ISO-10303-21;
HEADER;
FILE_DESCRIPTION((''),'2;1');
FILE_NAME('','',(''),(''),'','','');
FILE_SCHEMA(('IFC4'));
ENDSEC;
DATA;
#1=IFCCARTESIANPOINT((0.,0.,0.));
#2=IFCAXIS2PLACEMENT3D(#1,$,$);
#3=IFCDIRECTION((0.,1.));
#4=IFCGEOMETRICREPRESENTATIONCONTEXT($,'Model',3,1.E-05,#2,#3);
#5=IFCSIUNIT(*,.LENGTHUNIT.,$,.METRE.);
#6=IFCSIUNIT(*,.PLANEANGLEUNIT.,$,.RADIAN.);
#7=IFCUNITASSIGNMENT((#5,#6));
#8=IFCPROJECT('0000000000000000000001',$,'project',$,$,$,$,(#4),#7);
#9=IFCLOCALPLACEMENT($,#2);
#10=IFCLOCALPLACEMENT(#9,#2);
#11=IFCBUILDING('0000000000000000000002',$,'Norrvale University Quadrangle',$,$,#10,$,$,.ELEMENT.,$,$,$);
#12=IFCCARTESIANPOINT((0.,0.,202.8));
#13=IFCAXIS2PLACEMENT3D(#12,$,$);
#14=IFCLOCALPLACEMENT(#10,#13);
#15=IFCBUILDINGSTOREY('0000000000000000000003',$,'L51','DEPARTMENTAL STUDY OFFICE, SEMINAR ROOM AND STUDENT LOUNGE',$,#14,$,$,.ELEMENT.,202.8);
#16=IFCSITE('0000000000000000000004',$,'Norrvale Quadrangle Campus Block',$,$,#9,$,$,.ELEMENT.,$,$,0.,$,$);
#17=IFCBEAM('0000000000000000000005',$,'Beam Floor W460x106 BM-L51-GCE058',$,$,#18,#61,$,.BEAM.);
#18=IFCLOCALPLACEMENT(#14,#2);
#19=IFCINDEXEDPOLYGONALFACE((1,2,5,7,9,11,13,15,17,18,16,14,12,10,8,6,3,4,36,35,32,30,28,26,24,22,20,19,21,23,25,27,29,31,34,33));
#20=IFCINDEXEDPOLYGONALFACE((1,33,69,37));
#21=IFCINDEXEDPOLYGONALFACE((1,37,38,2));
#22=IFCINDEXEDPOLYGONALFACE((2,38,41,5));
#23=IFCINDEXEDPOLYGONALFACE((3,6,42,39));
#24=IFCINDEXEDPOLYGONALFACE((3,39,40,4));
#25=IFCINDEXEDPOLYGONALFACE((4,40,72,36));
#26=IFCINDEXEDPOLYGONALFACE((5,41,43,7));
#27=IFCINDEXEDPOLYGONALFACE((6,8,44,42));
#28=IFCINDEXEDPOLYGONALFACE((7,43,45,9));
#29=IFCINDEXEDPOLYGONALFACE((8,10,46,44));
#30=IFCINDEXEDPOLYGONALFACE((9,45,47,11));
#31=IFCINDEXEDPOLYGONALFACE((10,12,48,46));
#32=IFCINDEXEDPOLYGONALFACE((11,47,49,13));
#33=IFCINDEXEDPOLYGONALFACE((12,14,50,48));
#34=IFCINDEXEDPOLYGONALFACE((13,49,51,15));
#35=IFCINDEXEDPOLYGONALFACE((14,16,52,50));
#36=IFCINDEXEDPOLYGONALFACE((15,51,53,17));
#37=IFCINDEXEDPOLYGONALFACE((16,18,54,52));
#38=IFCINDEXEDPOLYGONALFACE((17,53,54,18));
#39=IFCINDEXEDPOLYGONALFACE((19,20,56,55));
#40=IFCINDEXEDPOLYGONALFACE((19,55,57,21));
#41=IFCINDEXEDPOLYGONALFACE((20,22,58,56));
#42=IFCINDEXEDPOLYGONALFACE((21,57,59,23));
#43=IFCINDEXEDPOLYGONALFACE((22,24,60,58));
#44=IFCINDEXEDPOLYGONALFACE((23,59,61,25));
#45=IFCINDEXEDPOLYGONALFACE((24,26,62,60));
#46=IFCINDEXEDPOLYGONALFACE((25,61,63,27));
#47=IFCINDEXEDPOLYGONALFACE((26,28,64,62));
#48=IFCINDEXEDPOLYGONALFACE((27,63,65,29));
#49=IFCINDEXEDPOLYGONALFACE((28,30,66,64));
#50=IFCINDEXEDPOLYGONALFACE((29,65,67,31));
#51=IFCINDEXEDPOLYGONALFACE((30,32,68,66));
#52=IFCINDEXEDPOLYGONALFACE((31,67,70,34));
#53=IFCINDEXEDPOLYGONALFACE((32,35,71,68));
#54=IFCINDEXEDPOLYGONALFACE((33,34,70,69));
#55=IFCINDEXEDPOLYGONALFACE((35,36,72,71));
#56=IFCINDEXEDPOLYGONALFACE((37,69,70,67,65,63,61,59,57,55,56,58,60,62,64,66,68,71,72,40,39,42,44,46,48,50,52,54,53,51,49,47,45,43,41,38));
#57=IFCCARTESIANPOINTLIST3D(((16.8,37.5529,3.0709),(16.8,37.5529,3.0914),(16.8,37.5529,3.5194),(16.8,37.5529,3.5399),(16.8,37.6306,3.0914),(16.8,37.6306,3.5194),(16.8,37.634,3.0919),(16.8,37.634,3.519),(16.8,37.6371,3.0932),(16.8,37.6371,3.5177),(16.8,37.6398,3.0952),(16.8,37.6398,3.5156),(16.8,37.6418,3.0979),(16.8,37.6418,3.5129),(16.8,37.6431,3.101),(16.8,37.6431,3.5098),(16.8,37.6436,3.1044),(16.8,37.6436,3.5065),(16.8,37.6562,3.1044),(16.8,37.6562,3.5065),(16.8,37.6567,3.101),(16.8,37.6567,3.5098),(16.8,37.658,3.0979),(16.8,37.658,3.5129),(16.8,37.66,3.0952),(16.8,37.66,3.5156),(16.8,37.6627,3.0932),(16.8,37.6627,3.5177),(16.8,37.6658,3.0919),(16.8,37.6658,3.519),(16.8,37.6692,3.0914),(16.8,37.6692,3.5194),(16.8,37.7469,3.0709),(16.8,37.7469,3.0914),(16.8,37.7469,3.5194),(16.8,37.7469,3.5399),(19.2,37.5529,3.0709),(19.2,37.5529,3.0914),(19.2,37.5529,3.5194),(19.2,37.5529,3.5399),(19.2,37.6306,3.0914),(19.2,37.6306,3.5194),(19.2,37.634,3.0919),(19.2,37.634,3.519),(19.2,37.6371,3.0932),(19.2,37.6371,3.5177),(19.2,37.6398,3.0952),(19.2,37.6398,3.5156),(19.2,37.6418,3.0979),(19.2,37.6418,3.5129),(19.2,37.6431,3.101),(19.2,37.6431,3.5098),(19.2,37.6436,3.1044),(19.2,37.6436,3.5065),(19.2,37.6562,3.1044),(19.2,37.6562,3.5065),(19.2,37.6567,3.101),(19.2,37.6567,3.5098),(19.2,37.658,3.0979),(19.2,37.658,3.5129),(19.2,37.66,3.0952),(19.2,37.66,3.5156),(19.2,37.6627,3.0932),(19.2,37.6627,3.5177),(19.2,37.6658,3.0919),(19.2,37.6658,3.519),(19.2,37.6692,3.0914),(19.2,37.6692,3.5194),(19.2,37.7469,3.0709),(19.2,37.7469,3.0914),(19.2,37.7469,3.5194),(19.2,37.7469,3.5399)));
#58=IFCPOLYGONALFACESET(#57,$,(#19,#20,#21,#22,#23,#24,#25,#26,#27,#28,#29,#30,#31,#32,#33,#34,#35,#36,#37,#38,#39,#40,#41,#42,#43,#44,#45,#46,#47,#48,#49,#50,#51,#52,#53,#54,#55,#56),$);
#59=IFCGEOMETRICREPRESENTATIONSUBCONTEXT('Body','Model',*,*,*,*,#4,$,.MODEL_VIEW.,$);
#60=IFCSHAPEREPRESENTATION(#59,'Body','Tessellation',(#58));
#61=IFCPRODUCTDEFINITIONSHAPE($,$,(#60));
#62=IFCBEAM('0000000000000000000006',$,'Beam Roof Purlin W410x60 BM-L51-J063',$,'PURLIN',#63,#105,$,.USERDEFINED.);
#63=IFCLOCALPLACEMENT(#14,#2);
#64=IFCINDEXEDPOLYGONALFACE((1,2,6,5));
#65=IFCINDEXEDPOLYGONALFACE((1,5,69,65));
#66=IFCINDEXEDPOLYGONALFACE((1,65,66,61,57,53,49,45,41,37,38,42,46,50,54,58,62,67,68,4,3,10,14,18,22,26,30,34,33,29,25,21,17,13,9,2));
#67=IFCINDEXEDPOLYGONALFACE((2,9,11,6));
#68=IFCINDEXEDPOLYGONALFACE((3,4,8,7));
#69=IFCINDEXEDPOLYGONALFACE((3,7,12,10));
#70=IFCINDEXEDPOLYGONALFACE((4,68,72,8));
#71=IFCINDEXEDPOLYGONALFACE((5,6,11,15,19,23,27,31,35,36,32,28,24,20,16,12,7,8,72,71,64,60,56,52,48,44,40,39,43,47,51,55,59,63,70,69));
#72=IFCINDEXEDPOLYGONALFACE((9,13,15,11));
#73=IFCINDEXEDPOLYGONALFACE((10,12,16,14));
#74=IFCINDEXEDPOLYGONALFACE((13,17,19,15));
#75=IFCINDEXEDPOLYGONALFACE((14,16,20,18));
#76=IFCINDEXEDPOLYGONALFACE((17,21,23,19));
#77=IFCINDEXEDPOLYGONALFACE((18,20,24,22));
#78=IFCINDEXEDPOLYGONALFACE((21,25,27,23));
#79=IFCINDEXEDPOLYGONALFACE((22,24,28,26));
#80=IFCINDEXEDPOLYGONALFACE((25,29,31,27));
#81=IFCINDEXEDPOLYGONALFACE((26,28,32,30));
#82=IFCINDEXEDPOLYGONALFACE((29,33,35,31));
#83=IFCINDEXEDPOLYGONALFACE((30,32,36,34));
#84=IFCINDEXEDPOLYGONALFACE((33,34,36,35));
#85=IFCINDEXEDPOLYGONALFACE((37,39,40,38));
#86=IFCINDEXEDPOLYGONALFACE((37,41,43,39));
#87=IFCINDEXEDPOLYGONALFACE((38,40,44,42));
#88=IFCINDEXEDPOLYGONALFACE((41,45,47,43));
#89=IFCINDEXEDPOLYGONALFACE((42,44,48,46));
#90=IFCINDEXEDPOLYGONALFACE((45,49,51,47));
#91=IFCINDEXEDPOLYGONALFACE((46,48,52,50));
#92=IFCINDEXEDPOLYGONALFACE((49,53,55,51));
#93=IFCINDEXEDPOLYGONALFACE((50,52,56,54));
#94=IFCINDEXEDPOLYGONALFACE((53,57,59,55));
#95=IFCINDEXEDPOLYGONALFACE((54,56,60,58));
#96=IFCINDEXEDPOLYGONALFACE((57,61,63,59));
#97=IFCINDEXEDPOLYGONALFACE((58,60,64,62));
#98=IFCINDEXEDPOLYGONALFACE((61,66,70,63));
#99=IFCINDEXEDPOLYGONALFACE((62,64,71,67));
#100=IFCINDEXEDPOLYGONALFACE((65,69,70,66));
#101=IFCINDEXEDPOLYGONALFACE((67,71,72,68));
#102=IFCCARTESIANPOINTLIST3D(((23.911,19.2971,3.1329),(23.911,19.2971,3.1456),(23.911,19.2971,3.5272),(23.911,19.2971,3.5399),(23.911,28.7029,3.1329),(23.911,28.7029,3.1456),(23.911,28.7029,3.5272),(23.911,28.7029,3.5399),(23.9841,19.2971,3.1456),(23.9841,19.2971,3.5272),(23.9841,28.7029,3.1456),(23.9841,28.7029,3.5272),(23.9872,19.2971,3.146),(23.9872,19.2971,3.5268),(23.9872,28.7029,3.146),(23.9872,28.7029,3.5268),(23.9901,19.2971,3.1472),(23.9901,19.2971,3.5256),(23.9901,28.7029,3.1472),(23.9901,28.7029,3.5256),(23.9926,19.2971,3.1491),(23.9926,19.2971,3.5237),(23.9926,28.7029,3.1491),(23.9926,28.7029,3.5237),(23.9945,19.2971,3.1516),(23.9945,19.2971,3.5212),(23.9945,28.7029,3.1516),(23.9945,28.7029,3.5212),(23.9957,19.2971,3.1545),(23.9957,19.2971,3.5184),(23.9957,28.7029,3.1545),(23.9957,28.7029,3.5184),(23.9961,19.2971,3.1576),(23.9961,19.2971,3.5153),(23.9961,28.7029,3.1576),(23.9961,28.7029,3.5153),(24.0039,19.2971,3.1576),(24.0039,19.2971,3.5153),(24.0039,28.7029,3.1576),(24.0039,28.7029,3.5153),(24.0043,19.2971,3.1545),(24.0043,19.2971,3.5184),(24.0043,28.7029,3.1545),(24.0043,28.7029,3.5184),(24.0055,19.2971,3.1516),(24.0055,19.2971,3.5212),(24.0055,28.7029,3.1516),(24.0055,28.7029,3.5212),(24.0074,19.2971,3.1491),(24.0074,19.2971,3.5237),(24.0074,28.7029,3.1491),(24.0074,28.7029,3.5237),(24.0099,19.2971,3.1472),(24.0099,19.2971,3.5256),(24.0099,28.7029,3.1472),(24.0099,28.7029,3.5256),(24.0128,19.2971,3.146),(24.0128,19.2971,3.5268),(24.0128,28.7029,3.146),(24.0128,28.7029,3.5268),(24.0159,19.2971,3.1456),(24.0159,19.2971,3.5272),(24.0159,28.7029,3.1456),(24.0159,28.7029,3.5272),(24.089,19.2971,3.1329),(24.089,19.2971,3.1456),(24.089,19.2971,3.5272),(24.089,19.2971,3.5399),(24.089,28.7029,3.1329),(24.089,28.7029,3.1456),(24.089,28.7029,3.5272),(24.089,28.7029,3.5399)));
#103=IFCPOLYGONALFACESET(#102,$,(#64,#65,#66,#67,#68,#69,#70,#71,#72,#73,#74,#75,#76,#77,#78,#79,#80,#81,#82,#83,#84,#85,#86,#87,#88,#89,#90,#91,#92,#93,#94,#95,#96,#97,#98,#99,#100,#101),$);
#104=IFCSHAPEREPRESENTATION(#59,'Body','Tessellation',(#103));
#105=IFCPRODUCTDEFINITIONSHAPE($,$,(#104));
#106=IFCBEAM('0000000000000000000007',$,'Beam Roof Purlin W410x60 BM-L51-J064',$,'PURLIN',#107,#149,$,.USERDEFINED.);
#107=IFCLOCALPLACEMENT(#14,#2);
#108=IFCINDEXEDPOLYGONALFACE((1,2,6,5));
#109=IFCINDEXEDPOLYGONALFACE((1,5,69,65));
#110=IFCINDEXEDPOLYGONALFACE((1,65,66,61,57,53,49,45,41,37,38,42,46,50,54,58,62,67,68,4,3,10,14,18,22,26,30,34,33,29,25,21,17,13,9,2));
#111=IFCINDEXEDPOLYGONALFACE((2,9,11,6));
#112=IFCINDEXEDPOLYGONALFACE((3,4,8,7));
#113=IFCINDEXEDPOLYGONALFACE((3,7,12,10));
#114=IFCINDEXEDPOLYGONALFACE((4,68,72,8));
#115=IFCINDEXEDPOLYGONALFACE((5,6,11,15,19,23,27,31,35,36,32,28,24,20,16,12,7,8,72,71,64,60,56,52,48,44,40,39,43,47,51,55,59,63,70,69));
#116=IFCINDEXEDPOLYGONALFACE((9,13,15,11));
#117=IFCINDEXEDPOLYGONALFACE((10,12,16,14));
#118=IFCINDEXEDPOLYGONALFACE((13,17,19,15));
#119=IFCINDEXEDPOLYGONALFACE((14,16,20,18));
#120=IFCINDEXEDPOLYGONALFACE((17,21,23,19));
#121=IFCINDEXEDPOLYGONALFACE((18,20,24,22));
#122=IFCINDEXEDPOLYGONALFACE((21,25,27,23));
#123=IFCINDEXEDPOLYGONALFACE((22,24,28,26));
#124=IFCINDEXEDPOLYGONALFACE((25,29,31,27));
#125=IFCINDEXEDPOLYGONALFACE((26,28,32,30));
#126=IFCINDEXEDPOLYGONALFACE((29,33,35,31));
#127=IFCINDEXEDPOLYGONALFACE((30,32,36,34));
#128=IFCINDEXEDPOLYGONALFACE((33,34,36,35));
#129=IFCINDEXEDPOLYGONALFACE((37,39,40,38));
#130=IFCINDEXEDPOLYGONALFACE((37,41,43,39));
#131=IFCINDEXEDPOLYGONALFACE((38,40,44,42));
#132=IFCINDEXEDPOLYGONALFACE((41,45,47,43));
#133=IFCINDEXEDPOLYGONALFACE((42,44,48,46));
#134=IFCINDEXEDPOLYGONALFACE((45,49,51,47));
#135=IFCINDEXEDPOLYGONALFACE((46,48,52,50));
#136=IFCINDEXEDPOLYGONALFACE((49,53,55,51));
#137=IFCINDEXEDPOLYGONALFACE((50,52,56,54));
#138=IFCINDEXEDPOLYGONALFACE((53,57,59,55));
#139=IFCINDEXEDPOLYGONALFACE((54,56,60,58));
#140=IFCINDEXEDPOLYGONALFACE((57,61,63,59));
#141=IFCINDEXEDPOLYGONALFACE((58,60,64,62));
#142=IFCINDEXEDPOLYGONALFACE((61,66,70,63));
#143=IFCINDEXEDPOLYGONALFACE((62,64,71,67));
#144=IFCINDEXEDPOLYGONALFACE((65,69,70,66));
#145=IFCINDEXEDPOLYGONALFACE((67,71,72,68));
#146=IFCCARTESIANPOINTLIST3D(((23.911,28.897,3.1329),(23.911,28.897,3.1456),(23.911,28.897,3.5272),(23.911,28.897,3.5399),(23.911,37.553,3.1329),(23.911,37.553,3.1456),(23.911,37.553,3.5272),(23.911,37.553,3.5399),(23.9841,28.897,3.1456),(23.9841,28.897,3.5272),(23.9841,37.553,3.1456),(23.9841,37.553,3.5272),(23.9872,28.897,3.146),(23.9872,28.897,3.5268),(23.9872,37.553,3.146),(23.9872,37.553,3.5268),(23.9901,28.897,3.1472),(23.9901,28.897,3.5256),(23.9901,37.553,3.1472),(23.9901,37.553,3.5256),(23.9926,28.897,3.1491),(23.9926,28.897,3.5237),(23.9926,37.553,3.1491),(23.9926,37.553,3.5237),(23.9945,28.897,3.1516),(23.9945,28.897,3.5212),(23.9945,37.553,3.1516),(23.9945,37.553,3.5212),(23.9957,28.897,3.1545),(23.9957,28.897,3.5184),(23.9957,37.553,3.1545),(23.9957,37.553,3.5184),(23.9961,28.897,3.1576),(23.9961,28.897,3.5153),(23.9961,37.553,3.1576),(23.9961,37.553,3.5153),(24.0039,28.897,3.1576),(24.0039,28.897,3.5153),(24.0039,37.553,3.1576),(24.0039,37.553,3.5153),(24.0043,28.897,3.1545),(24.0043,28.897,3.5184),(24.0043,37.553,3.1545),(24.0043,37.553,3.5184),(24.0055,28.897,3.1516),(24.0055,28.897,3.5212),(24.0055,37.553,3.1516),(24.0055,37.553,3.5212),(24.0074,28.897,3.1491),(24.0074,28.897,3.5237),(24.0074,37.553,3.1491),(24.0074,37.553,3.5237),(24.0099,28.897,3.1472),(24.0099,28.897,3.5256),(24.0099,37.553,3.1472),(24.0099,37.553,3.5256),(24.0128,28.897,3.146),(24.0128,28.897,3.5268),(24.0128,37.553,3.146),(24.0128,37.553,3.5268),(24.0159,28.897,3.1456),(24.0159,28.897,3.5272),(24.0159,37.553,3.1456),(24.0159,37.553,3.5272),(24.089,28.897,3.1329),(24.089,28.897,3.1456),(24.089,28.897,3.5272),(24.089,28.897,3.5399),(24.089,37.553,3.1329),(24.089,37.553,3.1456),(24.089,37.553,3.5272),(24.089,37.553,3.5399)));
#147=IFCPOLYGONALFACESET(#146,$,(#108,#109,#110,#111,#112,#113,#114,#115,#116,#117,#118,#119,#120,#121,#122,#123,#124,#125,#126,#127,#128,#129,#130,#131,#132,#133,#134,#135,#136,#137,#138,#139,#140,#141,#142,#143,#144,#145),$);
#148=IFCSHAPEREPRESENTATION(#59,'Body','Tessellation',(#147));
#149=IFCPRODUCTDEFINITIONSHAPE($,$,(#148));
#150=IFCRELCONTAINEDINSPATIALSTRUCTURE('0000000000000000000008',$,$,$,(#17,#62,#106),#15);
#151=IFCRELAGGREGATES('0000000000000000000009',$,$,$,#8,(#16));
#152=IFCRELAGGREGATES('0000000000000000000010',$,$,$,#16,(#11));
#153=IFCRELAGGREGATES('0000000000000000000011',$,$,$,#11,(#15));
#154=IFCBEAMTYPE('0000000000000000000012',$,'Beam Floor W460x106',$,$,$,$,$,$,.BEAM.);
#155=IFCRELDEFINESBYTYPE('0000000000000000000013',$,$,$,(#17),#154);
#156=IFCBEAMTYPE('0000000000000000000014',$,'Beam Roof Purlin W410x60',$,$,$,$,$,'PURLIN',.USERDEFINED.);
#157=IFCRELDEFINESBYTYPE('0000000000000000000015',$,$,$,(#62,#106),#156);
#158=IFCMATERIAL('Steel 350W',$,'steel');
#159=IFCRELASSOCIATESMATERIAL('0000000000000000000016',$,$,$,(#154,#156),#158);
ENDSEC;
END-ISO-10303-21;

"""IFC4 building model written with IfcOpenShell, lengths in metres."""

from ifc_helpers import new_model, si_unit, direction, frame, origin, origin_2d, place, context, subcontext, project, spatial, i_section, extrude, material, material_profile, profile_set, type_object, element, save


model = new_model("IFC4")

# Units and contexts
model_context = context("Model", 3, precision=1e-05, world=origin(), true_north=direction((0.0, 1.0)))
body_context = subcontext(model_context, "Body", "Model", "MODEL_VIEW")
ifc_project = project(units=[si_unit("LENGTHUNIT", "METRE"), si_unit("PLANEANGLEUNIT", "RADIAN")], contexts=[model_context])

# Site, building, storey
site_placement = place(None, origin())
site = spatial("IfcSite", under=ifc_project, at=site_placement, Name="Norrvale Quadrangle Campus Block", CompositionType="ELEMENT", RefElevation=0.0)
building_placement = place(site_placement, origin())
building = spatial("IfcBuilding", under=site, at=building_placement, Name="Norrvale University Quadrangle", CompositionType="ELEMENT")
storey_placement = place(building_placement, frame((0.0, 0.0, 202.8)))
storey = spatial("IfcBuildingStorey", under=building, at=storey_placement, Name="L51", Description="DEPARTMENTAL STUDY OFFICE, SEMINAR ROOM AND STUDENT LOUNGE", CompositionType="ELEMENT", Elevation=202.8)

# Beams
ifc_material_1 = material(Name="Steel 350W", Category="steel")
ifc_material_profile_1 = material_profile(ifc_material_1, i_section(OverallWidth=0.1941, OverallDepth=0.469, WebThickness=0.0127, FlangeThickness=0.0205, FilletRadius=0.0129, at=origin_2d()), Name="Steel 350W")
ifc_profile_set_1 = profile_set([ifc_material_profile_1], Name="Steel 350W")
beam_type_1 = type_object("IfcBeamType", Name="Beam Floor W460x106", PredefinedType="BEAM", material=ifc_profile_set_1)
for number, where, z_axis, x_axis, name in (
    (1, (16.8, 37.6499, 3.3054), (1.0, 0.0, 0.0), (0.0, 1.0, 0.0), "Beam Floor W460x106 BM-L51-GCE058"),
):
    element("IfcBeam", number, at=place(storey_placement, frame(where, z_axis=z_axis, x_axis=x_axis)), inside=storey, type_object=beam_type_1, Name=name, PredefinedType="BEAM", context=body_context, shape_type="SweptSolid", body=[
        extrude(i_section(OverallWidth=0.1941, OverallDepth=0.469, WebThickness=0.0127, FlangeThickness=0.0205, FilletRadius=0.0129, at=origin_2d()), origin(), (0.0, 0.0, 1.0), 2.3999),
    ])
ifc_material_profile_2 = material_profile(ifc_material_1, i_section(OverallWidth=0.178, OverallDepth=0.407, WebThickness=0.0078, FlangeThickness=0.0127, FilletRadius=0.012, at=origin_2d()), Name="Steel 350W")
ifc_profile_set_2 = profile_set([ifc_material_profile_2], Name="Steel 350W")
beam_type_2 = type_object("IfcBeamType", Name="Beam Roof Purlin W410x60", ElementType="PURLIN", PredefinedType="USERDEFINED", material=ifc_profile_set_2)
beam_1_placement = place(storey_placement, frame((24.0, 19.2971, 3.3364), z_axis=(0.0, 1.0, 0.0), x_axis=(-1.0, 0.0, 0.0)))
element("IfcBeam", 2, at=beam_1_placement, inside=storey, type_object=beam_type_2, Name="Beam Roof Purlin W410x60 BM-L51-J063", ObjectType="PURLIN", PredefinedType="USERDEFINED", context=body_context, shape_type="SweptSolid", body=[
    extrude(i_section(OverallWidth=0.178, OverallDepth=0.407, WebThickness=0.0078, FlangeThickness=0.0127, FilletRadius=0.012, at=origin_2d()), origin(), (0.0, 0.0, 1.0), 9.4058),
])
beam_2_placement = place(storey_placement, frame((24.0, 28.897, 3.3364), z_axis=(0.0, 1.0, 0.0), x_axis=(-1.0, 0.0, 0.0)))
element("IfcBeam", 3, at=beam_2_placement, inside=storey, type_object=beam_type_2, Name="Beam Roof Purlin W410x60 BM-L51-J064", ObjectType="PURLIN", PredefinedType="USERDEFINED", context=body_context, shape_type="SweptSolid", body=[
    extrude(i_section(OverallWidth=0.178, OverallDepth=0.407, WebThickness=0.0078, FlangeThickness=0.0127, FilletRadius=0.012, at=origin_2d()), origin(), (0.0, 0.0, 1.0), 8.656),
])

save(model, "model.ifc")
